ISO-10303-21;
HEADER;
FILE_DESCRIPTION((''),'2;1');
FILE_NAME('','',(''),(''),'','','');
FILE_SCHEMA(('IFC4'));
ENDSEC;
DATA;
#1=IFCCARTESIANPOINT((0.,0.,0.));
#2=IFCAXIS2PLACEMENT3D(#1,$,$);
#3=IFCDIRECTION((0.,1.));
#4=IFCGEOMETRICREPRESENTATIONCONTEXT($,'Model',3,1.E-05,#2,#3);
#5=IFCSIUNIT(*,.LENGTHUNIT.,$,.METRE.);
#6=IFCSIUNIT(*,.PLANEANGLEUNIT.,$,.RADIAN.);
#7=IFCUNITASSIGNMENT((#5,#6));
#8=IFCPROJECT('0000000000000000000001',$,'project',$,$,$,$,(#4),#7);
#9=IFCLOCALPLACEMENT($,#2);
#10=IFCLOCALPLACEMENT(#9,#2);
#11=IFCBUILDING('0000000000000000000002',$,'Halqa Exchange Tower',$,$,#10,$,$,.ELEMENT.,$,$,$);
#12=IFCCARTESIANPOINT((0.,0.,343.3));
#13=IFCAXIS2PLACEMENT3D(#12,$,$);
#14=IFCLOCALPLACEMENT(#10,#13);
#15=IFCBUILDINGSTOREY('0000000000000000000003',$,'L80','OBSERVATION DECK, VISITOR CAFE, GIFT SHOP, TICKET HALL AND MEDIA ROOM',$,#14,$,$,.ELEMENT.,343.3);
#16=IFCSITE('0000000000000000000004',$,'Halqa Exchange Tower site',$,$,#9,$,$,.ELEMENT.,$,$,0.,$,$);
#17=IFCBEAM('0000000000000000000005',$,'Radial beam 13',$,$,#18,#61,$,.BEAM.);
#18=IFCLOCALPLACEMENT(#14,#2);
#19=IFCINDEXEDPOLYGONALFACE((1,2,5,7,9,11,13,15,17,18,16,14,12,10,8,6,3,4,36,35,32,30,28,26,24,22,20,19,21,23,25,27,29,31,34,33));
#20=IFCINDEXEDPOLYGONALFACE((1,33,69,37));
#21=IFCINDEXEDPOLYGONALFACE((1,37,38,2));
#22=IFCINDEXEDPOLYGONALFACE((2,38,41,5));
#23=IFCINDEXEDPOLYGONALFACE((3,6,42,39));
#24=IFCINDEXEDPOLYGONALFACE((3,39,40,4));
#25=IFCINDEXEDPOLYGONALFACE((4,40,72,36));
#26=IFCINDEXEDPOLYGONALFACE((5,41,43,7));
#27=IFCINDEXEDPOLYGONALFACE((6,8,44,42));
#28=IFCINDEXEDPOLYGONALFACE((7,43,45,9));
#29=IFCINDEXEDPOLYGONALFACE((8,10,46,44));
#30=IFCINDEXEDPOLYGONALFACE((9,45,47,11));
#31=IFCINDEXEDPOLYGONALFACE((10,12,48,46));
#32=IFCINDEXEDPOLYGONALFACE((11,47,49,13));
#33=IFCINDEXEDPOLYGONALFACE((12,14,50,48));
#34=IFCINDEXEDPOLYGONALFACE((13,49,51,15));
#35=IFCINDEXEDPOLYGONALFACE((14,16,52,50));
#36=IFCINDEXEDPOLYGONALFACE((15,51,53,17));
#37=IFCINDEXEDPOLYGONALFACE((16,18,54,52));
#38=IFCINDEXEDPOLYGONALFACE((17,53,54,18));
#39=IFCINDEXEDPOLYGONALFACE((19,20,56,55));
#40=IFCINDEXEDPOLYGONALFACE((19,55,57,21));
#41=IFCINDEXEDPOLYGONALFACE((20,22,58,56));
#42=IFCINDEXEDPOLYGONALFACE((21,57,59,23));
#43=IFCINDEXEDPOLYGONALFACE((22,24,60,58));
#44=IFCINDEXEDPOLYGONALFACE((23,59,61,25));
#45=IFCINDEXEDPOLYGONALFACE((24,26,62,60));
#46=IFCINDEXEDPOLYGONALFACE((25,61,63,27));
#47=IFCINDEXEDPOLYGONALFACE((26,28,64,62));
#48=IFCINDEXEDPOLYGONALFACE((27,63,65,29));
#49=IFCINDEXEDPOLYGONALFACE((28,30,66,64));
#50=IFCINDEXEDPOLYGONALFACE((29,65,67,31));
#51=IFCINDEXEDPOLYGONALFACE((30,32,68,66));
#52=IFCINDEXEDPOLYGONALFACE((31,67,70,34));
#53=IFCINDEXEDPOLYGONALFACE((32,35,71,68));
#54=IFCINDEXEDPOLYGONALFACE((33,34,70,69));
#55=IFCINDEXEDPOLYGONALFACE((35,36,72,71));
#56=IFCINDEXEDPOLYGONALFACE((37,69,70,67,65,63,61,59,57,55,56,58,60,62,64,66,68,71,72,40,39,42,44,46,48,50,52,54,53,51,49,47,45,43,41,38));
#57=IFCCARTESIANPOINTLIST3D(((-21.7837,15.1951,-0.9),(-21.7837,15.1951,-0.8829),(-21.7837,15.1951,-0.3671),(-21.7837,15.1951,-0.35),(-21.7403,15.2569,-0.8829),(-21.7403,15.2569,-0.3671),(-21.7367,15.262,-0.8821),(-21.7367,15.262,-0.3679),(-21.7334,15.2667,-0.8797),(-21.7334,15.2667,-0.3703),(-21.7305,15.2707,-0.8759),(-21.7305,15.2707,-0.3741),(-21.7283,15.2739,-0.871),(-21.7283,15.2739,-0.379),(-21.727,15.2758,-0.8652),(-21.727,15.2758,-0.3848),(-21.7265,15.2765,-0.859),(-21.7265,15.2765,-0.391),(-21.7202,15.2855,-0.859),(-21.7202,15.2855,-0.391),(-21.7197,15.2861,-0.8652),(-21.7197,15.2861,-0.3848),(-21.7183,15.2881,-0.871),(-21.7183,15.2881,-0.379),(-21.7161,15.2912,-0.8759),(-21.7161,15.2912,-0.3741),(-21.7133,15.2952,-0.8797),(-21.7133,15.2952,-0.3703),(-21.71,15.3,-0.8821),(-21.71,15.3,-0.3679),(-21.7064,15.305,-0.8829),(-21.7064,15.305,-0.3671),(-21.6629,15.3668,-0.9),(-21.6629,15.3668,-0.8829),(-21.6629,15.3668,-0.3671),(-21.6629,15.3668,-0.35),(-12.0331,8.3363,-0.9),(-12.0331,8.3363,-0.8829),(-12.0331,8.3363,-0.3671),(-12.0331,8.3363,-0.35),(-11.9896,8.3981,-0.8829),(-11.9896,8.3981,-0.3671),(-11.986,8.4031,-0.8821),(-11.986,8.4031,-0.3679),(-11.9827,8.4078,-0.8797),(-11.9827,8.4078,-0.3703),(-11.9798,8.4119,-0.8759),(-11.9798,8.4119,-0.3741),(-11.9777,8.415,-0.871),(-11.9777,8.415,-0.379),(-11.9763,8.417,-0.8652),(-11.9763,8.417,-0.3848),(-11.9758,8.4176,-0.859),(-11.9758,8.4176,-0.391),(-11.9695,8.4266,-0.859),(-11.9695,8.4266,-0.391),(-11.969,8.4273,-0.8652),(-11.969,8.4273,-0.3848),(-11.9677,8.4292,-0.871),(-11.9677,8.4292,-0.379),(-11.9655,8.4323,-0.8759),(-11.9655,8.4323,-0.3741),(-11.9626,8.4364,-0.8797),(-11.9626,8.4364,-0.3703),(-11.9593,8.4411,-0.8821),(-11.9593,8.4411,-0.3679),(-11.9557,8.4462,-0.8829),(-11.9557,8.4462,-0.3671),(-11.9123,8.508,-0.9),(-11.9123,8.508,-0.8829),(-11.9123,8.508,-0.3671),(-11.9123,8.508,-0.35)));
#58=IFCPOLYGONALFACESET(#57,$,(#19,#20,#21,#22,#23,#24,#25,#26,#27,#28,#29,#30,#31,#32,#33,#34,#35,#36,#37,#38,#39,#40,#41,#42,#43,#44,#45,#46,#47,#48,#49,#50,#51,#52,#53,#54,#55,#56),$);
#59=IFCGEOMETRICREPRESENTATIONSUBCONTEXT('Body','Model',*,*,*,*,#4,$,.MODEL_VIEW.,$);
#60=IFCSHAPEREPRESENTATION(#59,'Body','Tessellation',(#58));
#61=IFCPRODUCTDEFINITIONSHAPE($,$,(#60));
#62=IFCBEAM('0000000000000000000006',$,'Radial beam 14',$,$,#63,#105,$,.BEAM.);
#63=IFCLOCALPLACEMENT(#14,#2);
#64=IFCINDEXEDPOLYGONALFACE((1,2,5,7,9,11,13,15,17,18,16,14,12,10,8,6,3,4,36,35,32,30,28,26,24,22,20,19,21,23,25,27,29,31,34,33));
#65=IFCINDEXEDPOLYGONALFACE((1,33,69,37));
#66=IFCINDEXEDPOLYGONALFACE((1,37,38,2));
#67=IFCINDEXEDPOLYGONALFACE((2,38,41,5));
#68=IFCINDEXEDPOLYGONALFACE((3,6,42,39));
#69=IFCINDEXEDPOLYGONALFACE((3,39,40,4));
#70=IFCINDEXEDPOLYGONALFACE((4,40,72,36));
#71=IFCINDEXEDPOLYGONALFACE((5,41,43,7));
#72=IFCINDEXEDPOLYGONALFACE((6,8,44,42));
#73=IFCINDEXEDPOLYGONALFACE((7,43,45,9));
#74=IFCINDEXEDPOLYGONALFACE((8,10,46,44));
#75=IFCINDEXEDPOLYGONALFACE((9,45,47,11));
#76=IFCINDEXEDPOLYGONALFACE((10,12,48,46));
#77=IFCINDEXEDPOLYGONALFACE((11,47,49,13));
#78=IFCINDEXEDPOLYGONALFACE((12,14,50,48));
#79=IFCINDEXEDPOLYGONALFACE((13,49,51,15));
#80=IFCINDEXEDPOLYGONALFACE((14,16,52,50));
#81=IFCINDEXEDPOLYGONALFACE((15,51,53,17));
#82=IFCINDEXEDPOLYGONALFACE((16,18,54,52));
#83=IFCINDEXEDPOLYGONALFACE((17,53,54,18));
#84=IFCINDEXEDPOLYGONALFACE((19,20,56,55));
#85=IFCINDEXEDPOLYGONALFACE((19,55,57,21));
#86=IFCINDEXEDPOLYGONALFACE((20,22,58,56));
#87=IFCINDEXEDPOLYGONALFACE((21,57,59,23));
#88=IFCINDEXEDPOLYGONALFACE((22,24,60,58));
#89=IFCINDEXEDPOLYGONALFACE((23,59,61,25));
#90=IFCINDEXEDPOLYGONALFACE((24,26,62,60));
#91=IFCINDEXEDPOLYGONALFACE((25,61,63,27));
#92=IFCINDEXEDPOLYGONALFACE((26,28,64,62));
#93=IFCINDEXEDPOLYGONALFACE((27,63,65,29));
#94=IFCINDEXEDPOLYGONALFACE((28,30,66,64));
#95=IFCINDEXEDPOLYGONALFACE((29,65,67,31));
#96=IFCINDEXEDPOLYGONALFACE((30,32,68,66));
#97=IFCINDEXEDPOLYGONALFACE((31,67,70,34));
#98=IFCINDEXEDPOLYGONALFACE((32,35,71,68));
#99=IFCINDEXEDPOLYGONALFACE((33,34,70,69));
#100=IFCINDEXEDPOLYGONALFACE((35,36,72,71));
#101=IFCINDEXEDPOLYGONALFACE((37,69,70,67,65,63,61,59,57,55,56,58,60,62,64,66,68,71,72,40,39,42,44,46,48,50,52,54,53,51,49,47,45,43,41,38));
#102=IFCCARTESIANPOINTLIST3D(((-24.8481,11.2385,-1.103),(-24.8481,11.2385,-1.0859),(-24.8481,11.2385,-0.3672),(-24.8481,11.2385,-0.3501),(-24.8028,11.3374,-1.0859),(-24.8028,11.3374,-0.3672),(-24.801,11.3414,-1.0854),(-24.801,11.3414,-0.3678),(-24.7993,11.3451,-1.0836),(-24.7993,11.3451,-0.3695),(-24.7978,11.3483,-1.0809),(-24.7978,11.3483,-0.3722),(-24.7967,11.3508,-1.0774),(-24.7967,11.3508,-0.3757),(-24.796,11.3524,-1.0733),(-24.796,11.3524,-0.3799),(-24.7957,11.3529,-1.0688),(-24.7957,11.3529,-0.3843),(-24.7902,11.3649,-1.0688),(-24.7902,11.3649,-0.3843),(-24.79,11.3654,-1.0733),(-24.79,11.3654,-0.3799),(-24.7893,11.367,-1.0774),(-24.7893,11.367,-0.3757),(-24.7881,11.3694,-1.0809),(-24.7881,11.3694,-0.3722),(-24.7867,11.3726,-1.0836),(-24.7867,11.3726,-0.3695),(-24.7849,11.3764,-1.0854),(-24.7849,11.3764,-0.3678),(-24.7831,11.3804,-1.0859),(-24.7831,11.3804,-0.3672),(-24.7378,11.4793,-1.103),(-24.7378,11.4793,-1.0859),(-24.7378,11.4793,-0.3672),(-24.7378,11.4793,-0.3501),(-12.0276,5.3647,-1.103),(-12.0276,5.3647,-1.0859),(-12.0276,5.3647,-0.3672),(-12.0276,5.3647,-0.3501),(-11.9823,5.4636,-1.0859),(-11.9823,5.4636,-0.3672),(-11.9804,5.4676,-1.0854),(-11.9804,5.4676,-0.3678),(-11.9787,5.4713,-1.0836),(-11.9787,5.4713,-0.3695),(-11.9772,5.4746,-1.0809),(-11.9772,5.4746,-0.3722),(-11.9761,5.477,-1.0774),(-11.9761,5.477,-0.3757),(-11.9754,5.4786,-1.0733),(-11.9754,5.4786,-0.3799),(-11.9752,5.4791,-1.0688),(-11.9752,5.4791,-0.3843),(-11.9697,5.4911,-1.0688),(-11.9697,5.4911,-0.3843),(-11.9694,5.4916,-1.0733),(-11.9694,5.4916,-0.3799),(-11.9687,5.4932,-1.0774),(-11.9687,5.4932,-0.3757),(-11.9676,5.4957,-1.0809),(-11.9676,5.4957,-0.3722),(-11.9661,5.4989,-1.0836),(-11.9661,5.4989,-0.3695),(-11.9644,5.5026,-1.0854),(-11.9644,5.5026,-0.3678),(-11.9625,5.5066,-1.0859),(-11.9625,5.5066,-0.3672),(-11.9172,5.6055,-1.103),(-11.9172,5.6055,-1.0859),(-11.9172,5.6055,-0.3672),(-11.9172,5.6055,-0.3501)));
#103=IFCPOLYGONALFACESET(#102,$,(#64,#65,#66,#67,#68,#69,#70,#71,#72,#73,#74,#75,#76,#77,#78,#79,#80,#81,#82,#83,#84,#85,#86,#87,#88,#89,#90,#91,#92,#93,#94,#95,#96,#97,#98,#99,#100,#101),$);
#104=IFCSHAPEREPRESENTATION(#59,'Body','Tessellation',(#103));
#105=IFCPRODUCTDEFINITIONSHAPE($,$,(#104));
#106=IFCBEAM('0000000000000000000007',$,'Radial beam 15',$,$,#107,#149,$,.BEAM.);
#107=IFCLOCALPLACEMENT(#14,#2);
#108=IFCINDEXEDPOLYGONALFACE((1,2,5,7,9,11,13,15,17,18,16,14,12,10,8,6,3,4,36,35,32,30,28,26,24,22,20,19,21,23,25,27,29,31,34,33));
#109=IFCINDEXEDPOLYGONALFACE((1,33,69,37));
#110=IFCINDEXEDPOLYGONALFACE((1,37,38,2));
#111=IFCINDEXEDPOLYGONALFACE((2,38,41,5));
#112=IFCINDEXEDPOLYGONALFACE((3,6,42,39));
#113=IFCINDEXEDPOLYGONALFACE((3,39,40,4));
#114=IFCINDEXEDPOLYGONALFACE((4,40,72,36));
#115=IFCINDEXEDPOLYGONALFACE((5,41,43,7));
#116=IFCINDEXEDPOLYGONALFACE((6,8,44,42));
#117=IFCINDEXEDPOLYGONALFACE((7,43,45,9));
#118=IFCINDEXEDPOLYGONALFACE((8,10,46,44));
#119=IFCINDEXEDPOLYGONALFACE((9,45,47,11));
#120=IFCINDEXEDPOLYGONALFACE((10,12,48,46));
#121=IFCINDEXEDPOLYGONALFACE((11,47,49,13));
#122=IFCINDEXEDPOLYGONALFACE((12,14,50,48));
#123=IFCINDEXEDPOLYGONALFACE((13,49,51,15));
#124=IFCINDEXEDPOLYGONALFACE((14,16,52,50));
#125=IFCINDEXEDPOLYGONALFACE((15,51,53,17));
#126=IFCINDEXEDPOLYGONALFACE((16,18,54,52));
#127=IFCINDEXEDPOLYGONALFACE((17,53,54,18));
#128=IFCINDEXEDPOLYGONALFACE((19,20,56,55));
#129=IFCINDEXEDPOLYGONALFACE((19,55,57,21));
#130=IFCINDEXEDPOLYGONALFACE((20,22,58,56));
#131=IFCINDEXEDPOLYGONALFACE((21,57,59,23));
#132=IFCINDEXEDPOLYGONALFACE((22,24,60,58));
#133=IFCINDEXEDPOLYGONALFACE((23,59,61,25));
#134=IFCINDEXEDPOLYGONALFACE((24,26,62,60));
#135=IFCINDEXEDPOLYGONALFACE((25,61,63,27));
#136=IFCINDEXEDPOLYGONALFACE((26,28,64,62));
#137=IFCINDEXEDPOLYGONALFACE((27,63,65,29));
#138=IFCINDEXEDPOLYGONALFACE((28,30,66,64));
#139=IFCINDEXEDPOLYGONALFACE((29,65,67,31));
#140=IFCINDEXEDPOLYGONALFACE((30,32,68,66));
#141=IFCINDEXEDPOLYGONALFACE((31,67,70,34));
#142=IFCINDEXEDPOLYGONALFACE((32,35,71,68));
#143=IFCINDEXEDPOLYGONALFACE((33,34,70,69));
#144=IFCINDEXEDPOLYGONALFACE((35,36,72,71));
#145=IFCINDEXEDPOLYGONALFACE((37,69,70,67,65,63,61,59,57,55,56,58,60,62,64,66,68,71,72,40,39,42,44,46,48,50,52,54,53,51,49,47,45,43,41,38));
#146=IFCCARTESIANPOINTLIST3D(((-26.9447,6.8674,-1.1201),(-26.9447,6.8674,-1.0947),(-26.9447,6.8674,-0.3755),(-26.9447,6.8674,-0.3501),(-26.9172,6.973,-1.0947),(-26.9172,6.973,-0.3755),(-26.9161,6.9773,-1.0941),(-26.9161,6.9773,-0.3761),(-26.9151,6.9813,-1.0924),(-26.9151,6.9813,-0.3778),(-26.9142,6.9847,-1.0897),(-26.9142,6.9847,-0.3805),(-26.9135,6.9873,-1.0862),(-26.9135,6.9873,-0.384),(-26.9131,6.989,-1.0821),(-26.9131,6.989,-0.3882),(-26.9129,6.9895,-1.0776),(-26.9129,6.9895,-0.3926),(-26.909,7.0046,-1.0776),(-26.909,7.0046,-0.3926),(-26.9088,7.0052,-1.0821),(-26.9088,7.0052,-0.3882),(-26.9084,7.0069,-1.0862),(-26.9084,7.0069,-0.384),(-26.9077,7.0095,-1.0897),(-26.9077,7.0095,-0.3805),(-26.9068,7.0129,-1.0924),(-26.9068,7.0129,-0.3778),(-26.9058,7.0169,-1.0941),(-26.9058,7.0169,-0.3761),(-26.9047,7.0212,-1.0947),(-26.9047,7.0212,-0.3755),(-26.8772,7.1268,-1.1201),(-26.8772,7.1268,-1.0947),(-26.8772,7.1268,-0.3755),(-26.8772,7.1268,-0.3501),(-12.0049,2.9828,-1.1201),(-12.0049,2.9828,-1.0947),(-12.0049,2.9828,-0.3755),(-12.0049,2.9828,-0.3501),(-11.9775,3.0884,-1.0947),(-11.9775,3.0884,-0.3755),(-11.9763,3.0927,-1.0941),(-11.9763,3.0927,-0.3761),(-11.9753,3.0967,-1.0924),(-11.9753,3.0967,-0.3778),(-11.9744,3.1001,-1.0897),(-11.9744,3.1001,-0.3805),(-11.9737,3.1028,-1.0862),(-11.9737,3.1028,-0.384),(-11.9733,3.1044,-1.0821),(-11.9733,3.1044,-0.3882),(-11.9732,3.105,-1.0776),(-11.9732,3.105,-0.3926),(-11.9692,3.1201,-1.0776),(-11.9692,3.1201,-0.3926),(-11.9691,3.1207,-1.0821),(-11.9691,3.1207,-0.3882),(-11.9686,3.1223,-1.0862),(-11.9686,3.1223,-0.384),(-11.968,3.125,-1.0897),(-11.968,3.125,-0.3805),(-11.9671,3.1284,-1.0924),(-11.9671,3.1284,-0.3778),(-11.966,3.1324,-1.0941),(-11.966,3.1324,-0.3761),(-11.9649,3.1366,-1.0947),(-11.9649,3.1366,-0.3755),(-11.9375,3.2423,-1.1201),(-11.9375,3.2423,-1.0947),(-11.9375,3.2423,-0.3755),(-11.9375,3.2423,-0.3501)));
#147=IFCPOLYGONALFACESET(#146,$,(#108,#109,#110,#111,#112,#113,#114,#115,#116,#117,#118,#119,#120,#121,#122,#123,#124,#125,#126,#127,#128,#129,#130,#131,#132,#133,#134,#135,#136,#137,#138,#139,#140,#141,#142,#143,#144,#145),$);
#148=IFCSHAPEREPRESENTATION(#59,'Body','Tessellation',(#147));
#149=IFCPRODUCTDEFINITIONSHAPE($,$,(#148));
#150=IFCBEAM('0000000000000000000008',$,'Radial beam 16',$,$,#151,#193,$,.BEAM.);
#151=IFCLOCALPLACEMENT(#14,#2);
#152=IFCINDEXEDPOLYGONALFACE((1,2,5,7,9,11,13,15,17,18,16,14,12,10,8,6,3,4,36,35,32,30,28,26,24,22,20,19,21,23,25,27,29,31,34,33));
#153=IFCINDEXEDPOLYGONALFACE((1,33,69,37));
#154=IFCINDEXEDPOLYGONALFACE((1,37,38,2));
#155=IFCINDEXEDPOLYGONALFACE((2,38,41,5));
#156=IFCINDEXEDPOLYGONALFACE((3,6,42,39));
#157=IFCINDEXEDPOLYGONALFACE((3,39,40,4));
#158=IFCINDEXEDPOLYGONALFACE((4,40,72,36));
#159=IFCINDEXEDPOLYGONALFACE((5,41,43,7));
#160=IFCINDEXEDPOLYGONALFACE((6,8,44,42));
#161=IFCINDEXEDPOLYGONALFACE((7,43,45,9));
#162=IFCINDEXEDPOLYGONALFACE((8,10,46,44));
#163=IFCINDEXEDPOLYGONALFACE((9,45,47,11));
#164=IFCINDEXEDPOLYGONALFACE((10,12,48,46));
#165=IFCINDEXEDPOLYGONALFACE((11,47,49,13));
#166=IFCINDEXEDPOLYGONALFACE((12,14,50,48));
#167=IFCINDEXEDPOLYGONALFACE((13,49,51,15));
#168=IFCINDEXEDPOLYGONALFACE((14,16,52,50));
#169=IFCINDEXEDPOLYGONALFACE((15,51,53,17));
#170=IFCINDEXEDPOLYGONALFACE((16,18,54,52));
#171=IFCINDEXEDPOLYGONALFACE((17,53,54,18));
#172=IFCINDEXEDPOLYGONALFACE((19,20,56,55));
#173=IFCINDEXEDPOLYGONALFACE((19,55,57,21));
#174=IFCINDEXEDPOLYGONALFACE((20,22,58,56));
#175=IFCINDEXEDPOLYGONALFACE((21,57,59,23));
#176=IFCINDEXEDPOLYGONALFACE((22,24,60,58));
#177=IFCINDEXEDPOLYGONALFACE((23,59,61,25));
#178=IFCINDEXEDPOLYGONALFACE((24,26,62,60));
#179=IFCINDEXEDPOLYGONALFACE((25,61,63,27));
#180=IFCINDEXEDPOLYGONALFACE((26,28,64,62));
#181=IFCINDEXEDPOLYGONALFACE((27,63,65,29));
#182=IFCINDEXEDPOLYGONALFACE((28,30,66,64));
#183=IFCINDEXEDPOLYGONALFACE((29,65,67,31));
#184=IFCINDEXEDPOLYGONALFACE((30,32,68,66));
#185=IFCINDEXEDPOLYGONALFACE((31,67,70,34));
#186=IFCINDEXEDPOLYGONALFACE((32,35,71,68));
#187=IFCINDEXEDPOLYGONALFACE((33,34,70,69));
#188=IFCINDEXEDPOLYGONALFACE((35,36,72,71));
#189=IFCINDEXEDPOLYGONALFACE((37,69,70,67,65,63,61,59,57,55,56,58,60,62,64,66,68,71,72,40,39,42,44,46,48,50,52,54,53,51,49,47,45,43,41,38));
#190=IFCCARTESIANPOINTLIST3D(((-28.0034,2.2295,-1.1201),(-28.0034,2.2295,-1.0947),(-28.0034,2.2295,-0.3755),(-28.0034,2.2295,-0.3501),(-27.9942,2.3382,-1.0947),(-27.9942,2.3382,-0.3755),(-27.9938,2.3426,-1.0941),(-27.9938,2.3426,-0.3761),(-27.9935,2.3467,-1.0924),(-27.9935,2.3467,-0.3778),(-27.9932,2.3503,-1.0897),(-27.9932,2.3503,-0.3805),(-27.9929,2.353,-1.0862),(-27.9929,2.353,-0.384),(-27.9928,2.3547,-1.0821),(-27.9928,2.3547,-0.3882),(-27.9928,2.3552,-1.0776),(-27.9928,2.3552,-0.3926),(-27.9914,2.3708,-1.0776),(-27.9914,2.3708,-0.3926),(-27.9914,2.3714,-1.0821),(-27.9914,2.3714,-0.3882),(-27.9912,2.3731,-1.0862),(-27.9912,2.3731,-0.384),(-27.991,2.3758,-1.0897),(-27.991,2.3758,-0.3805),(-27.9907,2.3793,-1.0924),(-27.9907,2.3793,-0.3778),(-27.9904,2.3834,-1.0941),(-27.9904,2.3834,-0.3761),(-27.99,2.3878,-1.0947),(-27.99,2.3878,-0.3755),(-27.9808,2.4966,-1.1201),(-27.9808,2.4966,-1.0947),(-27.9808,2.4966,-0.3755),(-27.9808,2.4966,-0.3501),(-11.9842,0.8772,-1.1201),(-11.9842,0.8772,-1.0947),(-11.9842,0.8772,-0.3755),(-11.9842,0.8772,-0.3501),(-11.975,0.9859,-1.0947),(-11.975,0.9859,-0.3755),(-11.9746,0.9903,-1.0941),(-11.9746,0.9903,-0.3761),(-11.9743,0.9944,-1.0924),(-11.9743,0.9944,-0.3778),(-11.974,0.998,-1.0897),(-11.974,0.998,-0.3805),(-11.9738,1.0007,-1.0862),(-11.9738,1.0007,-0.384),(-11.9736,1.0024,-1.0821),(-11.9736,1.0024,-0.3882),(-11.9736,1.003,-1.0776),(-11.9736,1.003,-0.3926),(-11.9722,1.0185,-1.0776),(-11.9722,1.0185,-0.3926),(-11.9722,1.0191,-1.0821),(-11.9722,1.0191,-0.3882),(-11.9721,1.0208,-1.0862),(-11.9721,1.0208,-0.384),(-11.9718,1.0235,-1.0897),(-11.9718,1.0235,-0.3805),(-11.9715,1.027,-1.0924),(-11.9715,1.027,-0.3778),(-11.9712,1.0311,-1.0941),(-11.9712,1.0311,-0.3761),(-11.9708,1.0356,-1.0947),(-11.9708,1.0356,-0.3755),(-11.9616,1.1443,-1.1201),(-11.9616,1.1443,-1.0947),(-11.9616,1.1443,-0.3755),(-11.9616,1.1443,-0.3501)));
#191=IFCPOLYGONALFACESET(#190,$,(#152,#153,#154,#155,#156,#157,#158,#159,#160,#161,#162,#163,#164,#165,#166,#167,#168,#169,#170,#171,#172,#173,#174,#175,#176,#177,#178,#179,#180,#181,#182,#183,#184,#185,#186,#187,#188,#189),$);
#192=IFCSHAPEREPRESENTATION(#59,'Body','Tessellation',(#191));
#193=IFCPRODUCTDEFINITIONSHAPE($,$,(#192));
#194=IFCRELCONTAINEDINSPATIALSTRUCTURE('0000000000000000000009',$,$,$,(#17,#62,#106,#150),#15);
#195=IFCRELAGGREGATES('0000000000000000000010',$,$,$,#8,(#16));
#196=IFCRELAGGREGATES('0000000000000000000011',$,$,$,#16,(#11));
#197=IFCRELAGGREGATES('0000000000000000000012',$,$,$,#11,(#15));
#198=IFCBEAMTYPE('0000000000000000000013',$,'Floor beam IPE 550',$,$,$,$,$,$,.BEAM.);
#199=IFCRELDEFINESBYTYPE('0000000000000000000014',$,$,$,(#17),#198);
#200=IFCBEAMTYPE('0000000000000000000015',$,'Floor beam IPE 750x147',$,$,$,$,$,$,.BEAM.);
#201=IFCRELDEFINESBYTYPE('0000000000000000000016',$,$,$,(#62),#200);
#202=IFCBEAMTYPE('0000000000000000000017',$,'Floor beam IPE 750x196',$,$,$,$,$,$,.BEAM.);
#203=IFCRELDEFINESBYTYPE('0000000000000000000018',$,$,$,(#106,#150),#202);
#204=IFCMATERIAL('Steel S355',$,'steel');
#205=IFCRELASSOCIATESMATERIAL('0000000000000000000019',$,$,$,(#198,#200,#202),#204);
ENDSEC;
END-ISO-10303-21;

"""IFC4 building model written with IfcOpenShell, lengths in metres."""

from ifc_helpers import new_model, si_unit, direction, frame, origin, origin_2d, place, context, subcontext, project, spatial, i_section, extrude, material, material_profile, profile_set, type_object, element, save


model = new_model("IFC4")

# Units and contexts
model_context = context("Model", 3, precision=1e-05, world=origin(), true_north=direction((0.0, 1.0)))
body_context = subcontext(model_context, "Body", "Model", "MODEL_VIEW")
ifc_project = project(units=[si_unit("LENGTHUNIT", "METRE"), si_unit("PLANEANGLEUNIT", "RADIAN")], contexts=[model_context])

# Site, building, storey
site_placement = place(None, origin())
site = spatial("IfcSite", under=ifc_project, at=site_placement, Name="Halqa Exchange Tower site", CompositionType="ELEMENT", RefElevation=0.0)
building_placement = place(site_placement, origin())
building = spatial("IfcBuilding", under=site, at=building_placement, Name="Halqa Exchange Tower", CompositionType="ELEMENT")
storey_placement = place(building_placement, frame((0.0, 0.0, 343.3)))
storey = spatial("IfcBuildingStorey", under=building, at=storey_placement, Name="L80", Description="OBSERVATION DECK, VISITOR CAFE, GIFT SHOP, TICKET HALL AND MEDIA ROOM", CompositionType="ELEMENT", Elevation=343.3)

# Beams
ifc_material_1 = material(Name="Steel S355", Category="steel")
ifc_material_profile_1 = material_profile(ifc_material_1, i_section(OverallWidth=0.21, OverallDepth=0.55, WebThickness=0.011, FlangeThickness=0.0171, FilletRadius=0.0239, at=origin_2d()), Name="IPE 550")
ifc_profile_set_1 = profile_set([ifc_material_profile_1], Name="Steel S355")
beam_type_1 = type_object("IfcBeamType", Name="Floor beam IPE 550", PredefinedType="BEAM", material=ifc_profile_set_1)
beam_1_placement = place(storey_placement, frame((-11.9727, 8.4221, -0.625), z_axis=(-0.817915, 0.57534, 0.0), x_axis=(-0.57534, -0.817915, 0.0)))
element("IfcBeam", 1, at=beam_1_placement, inside=storey, type_object=beam_type_1, Name="Radial beam 13", PredefinedType="BEAM", context=body_context, shape_type="SweptSolid", body=[
    extrude(i_section(OverallWidth=0.21, OverallDepth=0.55, WebThickness=0.011, FlangeThickness=0.0171, FilletRadius=0.0239, at=origin_2d()), origin(), (0.0, 0.0, 1.0), 11.9214),
])
ifc_material_profile_2 = material_profile(ifc_material_1, i_section(OverallWidth=0.2649, OverallDepth=0.7529, WebThickness=0.0132, FlangeThickness=0.0171, FilletRadius=0.0171, at=origin_2d()), Name="IPE 750x147")
ifc_profile_set_2 = profile_set([ifc_material_profile_2], Name="Steel S355")
beam_type_2 = type_object("IfcBeamType", Name="Floor beam IPE 750x147", PredefinedType="BEAM", material=ifc_profile_set_2)
beam_2_placement = place(storey_placement, frame((-11.9724, 5.4851, -0.7266), z_axis=(-0.909127, 0.416519, 0.0), x_axis=(-0.416519, -0.909127, 0.0)))
element("IfcBeam", 2, at=beam_2_placement, inside=storey, type_object=beam_type_2, Name="Radial beam 14", PredefinedType="BEAM", context=body_context, shape_type="SweptSolid", body=[
    extrude(i_section(OverallWidth=0.2649, OverallDepth=0.7529, WebThickness=0.0132, FlangeThickness=0.0171, FilletRadius=0.0171, at=origin_2d()), origin(), (0.0, 0.0, 1.0), 14.1021),
])
ifc_material_profile_3 = material_profile(ifc_material_1, i_section(OverallWidth=0.2681, OverallDepth=0.77, WebThickness=0.0156, FlangeThickness=0.0254, FilletRadius=0.0171, at=origin_2d()), Name="IPE 750x196")
ifc_profile_set_3 = profile_set([ifc_material_profile_3], Name="Steel S355")
beam_type_3 = type_object("IfcBeamType", Name="Floor beam IPE 750x196", PredefinedType="BEAM", material=ifc_profile_set_3)
beam_3_placement = place(storey_placement, frame((-11.9712, 3.1125, -0.7351), z_axis=(-0.967819, 0.251646, 0.0), x_axis=(-0.251646, -0.967819, 0.0)))
element("IfcBeam", 3, at=beam_3_placement, inside=storey, type_object=beam_type_3, Name="Radial beam 15", PredefinedType="BEAM", context=body_context, shape_type="SweptSolid", body=[
    extrude(i_section(OverallWidth=0.2681, OverallDepth=0.77, WebThickness=0.0156, FlangeThickness=0.0254, FilletRadius=0.0171, at=origin_2d()), origin(), (0.0, 0.0, 1.0), 15.4365),
])
beam_4_placement = place(storey_placement, frame((-11.9729, 1.0107, -0.7351), z_axis=(-0.996456, 0.084117, 0.0), x_axis=(-0.084117, -0.996456, 0.0)))
element("IfcBeam", 4, at=beam_4_placement, inside=storey, type_object=beam_type_3, Name="Radial beam 16", PredefinedType="BEAM", context=body_context, shape_type="SweptSolid", body=[
    extrude(i_section(OverallWidth=0.2681, OverallDepth=0.77, WebThickness=0.0156, FlangeThickness=0.0254, FilletRadius=0.0171, at=origin_2d()), origin(), (0.0, 0.0, 1.0), 16.0762),
])

save(model, "model.ifc")
